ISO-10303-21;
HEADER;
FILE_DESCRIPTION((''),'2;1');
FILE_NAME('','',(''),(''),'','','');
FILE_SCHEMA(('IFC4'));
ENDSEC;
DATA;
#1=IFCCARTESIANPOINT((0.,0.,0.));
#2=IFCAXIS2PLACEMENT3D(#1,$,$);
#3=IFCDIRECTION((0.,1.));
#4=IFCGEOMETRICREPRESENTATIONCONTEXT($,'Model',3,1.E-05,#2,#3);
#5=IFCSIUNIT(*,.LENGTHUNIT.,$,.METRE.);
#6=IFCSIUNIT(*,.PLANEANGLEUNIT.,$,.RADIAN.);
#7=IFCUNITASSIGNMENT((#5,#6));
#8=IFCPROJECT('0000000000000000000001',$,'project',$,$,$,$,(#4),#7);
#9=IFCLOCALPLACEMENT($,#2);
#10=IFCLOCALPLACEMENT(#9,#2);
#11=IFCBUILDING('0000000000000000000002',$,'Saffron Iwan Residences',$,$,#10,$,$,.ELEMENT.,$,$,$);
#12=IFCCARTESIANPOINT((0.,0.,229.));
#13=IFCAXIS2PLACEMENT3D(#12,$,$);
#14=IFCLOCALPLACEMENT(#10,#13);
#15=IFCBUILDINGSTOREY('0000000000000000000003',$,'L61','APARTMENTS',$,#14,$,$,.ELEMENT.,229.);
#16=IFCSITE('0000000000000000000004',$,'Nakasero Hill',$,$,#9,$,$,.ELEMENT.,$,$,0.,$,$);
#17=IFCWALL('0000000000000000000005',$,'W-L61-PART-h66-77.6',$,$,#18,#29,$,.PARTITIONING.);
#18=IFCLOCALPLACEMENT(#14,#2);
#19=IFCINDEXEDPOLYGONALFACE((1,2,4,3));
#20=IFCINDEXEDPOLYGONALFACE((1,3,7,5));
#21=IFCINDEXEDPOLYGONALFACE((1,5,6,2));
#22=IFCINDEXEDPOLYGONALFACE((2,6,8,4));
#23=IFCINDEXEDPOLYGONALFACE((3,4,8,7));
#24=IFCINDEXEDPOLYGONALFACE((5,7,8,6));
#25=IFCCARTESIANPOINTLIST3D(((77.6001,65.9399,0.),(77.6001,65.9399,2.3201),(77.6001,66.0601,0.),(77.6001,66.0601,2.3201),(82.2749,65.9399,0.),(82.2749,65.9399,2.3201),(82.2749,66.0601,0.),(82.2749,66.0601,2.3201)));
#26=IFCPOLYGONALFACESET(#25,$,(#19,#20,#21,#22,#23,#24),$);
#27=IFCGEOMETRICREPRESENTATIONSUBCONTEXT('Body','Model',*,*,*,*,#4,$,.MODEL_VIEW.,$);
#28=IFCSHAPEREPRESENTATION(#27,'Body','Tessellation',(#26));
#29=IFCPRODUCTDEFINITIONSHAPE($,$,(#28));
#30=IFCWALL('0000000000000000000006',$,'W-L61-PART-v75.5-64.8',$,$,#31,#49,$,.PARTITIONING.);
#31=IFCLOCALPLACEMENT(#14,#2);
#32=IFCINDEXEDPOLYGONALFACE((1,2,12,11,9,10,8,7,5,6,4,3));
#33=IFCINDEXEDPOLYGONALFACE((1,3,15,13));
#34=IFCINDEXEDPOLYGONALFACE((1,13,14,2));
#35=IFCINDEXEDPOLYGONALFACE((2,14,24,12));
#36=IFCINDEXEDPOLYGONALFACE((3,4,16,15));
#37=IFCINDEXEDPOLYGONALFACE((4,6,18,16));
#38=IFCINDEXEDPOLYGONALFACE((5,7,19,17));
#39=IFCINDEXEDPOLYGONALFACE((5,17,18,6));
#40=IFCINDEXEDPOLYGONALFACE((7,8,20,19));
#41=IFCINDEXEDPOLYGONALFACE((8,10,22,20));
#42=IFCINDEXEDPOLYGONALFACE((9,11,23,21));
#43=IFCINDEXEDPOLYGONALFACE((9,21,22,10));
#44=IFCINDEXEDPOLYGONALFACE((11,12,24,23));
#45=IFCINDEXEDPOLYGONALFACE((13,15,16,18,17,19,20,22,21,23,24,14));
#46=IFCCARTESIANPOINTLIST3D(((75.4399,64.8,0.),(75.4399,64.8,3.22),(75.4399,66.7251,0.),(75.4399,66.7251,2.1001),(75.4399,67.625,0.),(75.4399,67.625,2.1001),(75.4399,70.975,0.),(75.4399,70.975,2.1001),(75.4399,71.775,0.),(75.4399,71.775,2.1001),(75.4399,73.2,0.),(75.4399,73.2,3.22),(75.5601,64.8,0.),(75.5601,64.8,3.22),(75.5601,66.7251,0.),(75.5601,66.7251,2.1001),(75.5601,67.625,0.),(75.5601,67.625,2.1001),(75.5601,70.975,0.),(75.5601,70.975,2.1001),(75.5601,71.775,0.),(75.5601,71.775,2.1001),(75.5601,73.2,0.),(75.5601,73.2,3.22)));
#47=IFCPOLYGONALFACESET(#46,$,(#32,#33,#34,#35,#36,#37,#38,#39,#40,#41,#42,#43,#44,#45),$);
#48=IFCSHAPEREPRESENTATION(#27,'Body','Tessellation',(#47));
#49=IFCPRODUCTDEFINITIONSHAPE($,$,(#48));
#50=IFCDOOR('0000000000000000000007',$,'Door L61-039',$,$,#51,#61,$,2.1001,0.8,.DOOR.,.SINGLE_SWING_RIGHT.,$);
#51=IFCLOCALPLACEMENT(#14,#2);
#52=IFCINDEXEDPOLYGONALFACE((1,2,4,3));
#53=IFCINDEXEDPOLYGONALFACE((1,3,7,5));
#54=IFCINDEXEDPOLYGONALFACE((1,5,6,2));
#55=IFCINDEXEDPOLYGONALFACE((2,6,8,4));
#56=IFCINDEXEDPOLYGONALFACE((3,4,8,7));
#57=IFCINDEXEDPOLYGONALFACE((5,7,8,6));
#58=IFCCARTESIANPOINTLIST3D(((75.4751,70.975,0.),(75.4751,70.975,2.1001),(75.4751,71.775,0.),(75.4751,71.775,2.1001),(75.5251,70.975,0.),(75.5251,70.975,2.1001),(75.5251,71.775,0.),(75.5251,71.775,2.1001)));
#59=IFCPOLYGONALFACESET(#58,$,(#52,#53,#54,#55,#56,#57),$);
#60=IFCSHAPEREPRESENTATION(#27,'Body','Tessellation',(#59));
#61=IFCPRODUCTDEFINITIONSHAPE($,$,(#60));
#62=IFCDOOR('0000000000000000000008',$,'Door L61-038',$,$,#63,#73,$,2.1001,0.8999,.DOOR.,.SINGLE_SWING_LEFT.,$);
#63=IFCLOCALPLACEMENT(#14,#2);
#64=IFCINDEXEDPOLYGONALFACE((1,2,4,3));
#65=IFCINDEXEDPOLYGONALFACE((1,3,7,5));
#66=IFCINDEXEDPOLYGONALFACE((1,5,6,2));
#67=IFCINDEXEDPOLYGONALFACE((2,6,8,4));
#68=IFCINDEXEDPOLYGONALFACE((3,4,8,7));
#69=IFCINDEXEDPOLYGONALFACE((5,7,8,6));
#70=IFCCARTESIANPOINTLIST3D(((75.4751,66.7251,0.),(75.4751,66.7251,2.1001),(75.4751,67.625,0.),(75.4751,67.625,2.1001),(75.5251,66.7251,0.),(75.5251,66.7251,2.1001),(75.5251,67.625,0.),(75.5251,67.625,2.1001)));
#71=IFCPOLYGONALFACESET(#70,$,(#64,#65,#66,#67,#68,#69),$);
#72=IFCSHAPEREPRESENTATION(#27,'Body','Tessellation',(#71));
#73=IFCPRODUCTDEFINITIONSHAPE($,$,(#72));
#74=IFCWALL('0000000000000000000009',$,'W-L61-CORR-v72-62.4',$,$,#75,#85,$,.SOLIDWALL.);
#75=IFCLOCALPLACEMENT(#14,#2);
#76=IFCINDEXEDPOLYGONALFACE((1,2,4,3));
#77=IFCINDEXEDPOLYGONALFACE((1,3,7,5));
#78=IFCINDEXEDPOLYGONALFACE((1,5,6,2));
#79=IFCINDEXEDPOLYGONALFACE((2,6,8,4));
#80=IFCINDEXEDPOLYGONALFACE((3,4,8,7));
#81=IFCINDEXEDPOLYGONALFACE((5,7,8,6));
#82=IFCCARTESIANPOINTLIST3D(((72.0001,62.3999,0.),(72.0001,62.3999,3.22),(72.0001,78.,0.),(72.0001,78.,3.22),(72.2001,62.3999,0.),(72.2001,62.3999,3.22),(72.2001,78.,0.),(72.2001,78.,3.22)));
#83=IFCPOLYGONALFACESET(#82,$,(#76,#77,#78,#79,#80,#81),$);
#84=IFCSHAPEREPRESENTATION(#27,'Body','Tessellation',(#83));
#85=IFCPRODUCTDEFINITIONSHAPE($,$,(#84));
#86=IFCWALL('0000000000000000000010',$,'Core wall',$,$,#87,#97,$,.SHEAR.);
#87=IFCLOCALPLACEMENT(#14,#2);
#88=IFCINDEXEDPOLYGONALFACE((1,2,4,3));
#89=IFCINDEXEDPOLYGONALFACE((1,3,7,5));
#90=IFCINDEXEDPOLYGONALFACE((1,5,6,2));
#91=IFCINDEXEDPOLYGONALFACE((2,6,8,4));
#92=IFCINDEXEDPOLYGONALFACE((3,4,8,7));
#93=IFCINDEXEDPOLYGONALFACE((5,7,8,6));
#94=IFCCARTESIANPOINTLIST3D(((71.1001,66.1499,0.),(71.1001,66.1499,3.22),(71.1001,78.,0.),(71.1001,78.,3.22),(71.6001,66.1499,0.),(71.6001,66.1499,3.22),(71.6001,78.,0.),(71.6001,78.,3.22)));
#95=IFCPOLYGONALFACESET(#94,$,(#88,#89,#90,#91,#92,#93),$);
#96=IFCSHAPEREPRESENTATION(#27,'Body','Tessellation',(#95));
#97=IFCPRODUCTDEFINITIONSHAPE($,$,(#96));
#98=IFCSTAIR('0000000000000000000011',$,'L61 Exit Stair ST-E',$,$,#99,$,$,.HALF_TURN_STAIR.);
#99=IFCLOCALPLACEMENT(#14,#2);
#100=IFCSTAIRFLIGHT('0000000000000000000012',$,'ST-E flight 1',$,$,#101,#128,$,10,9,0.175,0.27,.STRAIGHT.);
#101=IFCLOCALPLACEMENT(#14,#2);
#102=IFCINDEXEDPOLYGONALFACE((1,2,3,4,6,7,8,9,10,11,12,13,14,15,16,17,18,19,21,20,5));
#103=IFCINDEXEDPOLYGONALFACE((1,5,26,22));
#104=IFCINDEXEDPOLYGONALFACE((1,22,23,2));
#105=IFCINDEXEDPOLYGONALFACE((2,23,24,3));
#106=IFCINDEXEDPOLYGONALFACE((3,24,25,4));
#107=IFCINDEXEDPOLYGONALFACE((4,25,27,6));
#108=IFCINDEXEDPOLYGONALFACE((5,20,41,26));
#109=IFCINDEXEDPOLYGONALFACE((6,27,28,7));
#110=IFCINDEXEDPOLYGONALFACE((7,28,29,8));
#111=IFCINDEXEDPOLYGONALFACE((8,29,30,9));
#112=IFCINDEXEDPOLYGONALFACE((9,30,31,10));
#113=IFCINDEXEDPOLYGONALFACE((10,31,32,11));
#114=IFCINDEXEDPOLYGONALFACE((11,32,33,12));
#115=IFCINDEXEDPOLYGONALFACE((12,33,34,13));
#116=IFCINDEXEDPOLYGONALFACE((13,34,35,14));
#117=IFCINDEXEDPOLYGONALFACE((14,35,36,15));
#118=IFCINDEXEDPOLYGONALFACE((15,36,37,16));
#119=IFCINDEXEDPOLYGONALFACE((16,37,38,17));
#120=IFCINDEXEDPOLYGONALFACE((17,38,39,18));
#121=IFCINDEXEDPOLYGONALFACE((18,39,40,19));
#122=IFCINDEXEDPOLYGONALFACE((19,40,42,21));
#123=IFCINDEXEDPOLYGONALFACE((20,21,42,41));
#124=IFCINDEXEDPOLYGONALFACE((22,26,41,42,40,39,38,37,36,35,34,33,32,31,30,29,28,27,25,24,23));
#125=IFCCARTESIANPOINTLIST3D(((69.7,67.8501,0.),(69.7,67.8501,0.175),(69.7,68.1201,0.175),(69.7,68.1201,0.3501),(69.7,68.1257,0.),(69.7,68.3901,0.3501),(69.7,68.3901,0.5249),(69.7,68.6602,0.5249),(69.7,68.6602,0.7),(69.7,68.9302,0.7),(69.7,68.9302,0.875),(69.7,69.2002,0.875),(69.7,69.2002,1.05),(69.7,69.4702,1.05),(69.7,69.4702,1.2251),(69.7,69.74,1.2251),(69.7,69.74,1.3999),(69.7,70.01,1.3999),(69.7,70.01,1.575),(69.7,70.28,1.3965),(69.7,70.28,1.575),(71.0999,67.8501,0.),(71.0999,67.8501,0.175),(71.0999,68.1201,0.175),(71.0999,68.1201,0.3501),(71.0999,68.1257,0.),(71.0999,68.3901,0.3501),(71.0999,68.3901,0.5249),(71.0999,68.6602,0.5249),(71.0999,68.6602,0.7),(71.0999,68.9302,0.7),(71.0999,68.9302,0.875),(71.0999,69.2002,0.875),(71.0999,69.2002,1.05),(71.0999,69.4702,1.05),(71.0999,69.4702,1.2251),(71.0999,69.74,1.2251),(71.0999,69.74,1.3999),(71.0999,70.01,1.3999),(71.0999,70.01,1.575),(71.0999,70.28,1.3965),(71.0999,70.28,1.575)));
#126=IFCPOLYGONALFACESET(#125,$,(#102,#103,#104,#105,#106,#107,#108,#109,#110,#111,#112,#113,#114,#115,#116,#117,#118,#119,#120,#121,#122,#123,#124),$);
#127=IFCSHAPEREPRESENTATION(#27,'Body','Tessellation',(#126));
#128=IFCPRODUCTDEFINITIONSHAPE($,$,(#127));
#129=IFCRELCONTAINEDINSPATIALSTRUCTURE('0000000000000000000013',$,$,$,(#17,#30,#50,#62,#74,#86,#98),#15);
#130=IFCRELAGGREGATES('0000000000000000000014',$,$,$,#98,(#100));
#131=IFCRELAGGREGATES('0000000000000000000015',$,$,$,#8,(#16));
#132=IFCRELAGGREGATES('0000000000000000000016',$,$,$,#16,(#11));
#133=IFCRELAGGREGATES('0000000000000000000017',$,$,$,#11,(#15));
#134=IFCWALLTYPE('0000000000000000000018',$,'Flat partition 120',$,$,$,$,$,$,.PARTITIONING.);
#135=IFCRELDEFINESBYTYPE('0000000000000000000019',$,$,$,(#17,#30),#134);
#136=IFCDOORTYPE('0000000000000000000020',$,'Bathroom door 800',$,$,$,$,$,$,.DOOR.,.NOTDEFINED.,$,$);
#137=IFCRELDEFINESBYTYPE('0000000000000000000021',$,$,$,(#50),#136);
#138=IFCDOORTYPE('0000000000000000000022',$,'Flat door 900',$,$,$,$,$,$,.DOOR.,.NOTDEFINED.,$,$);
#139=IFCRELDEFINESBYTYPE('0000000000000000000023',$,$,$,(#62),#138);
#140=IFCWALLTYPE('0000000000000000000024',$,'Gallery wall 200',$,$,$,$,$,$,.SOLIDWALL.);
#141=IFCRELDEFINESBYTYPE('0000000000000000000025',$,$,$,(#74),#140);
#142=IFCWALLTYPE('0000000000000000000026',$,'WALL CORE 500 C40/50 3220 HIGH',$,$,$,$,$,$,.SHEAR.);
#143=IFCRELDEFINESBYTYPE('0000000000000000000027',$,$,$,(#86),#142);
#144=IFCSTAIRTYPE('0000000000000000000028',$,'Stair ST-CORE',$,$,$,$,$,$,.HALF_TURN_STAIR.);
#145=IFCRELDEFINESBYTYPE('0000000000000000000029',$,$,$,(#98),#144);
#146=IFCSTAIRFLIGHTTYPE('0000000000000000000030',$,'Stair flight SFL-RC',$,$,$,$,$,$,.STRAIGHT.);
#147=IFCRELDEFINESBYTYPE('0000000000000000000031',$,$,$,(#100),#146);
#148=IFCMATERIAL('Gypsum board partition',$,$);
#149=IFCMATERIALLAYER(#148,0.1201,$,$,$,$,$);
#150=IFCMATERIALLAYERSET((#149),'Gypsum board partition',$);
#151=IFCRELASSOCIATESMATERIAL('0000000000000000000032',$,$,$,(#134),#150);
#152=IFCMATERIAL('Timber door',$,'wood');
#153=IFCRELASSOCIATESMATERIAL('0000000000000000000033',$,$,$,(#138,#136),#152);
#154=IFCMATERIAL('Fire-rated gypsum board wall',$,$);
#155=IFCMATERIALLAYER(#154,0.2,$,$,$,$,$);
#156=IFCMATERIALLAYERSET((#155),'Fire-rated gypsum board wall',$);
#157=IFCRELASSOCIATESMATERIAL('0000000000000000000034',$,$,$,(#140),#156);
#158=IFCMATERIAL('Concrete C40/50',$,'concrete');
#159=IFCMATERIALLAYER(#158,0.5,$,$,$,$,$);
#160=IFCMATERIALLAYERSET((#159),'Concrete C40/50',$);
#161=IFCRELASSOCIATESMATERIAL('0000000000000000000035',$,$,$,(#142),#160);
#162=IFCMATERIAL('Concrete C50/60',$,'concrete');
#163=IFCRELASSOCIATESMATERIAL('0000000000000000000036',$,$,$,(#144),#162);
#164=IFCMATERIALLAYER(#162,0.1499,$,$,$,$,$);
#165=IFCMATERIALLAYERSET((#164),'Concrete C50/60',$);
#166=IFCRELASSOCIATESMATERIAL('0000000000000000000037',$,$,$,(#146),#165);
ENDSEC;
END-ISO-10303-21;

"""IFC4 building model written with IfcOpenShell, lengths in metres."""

from ifc_helpers import new_model, si_unit, direction, frame, frame_2d, origin, place, context, subcontext, project, spatial, polyline, rectangle, outline, extrude, material, layer, layer_set, type_object, element, fill, aggregate, save


model = new_model("IFC4")

# Units and contexts
model_context = context("Model", 3, precision=1e-05, world=origin(), true_north=direction((0.0, 1.0)))
body_context = subcontext(model_context, "Body", "Model", "MODEL_VIEW")
ifc_project = project(units=[si_unit("LENGTHUNIT", "METRE"), si_unit("PLANEANGLEUNIT", "RADIAN")], contexts=[model_context])

# Site, building, storey
site_placement = place(None, origin())
site = spatial("IfcSite", under=ifc_project, at=site_placement, Name="Nakasero Hill", CompositionType="ELEMENT", RefElevation=0.0)
building_placement = place(site_placement, origin())
building = spatial("IfcBuilding", under=site, at=building_placement, Name="Saffron Iwan Residences", CompositionType="ELEMENT")
storey_placement = place(building_placement, frame((0.0, 0.0, 229.0)))
storey = spatial("IfcBuildingStorey", under=building, at=storey_placement, Name="L61", Description="APARTMENTS", CompositionType="ELEMENT", Elevation=229.0)

# Shared definitions
ifc_material_1 = material(Name="Concrete C40/50", Category="concrete")

# Shared definitions
ifc_material_2 = material(Name="Fire-rated gypsum board wall")
ifc_material_3 = material(Name="Gypsum board partition")
ifc_layer_1 = layer(ifc_material_3, 0.1201)
ifc_layer_set_1 = layer_set([ifc_layer_1], Name="Gypsum board partition")
wall_type_1 = type_object("IfcWallType", Name="Flat partition 120", PredefinedType="PARTITIONING", material=ifc_layer_set_1)

# Shared definitions
ifc_material_4 = material(Name="Timber door", Category="wood")
door_type_1 = type_object("IfcDoorType", Name="Flat door 900", OperationType="NOTDEFINED", PredefinedType="DOOR", material=ifc_material_4)

# Wall
wall_1_placement = place(storey_placement, frame((77.6001, 66.0, 0.0), z_axis=(0.0, 0.0, 1.0), x_axis=(1.0, 0.0, 0.0)))
element("IfcWall", 1, at=wall_1_placement, inside=storey, type_object=wall_type_1, Name="W-L61-PART-h66-77.6", PredefinedType="PARTITIONING", context=body_context, shape_type="SweptSolid", body=[
    extrude(rectangle(XDim=4.6748, YDim=0.1201, at=frame_2d((2.3374, 0.0))), origin(), (0.0, 0.0, 1.0), 2.3201),
])

# Wall, openings, doors
wall_2_placement = place(storey_placement, frame((75.5, 64.8, 0.0), z_axis=(0.0, 0.0, 1.0), x_axis=(0.0, 1.0, 0.0)))
wall_2 = element("IfcWall", 2, at=wall_2_placement, inside=storey, type_object=wall_type_1, Name="W-L61-PART-v75.5-64.8", PredefinedType="PARTITIONING", context=body_context, shape_type="SweptSolid", body=[
    extrude(rectangle(XDim=8.3999, YDim=0.1201, at=frame_2d((4.2, 0.0))), origin(), (0.0, 0.0, 1.0), 3.22),
])
opening_1_placement = place(wall_2_placement, frame((1.925, 0.0, 0.0)))
opening_1 = element("IfcOpeningElement", 3, at=opening_1_placement, cuts=wall_2, PredefinedType="OPENING", context=body_context, shape_type="SweptSolid", body=[
    extrude(rectangle(XDim=0.8999, YDim=2.1001, at=frame_2d((0.45, 1.05))), frame((0.0, 0.0701, 0.0), z_axis=(0.0, -1.0, 0.0), x_axis=(1.0, 0.0, 0.0)), (0.0, 0.0, 1.0), 0.1401),
])
opening_2_placement = place(wall_2_placement, frame((6.175, 0.0, 0.0)))
opening_2 = element("IfcOpeningElement", 4, at=opening_2_placement, cuts=wall_2, PredefinedType="OPENING", context=body_context, shape_type="SweptSolid", body=[
    extrude(rectangle(XDim=0.8, YDim=2.1001, at=frame_2d((0.3999, 1.05))), frame((0.0, 0.0701, 0.0), z_axis=(0.0, -1.0, 0.0), x_axis=(1.0, 0.0, 0.0)), (0.0, 0.0, 1.0), 0.1401),
])
door_type_2 = type_object("IfcDoorType", Name="Bathroom door 800", OperationType="NOTDEFINED", PredefinedType="DOOR", material=ifc_material_4)
door_1_placement = place(opening_2_placement, origin())
door_1 = element("IfcDoor", 5, at=door_1_placement, inside=storey, type_object=door_type_2, Name="Door L61-039", OperationType="SINGLE_SWING_RIGHT", OverallHeight=2.1001, OverallWidth=0.8, PredefinedType="DOOR", context=body_context, shape_type="SweptSolid", body=[
    extrude(rectangle(XDim=0.8, YDim=2.1001, at=frame_2d((0.3999, 1.05))), frame((0.0, 0.0249, 0.0), z_axis=(0.0, -1.0, 0.0), x_axis=(1.0, 0.0, 0.0)), (0.0, 0.0, 1.0), 0.05),
])
fill(opening_2, door_1)
door_2_placement = place(opening_1_placement, origin())
door_2 = element("IfcDoor", 6, at=door_2_placement, inside=storey, type_object=door_type_1, Name="Door L61-038", OperationType="SINGLE_SWING_LEFT", OverallHeight=2.1001, OverallWidth=0.8999, PredefinedType="DOOR", context=body_context, shape_type="SweptSolid", body=[
    extrude(rectangle(XDim=0.8999, YDim=2.1001, at=frame_2d((0.45, 1.05))), frame((0.0, 0.0249, 0.0), z_axis=(0.0, -1.0, 0.0), x_axis=(1.0, 0.0, 0.0)), (0.0, 0.0, 1.0), 0.05),
])
fill(opening_1, door_2)

# Walls
ifc_layer_2 = layer(ifc_material_2, 0.2)
ifc_layer_set_2 = layer_set([ifc_layer_2], Name="Fire-rated gypsum board wall")
wall_type_2 = type_object("IfcWallType", Name="Gallery wall 200", PredefinedType="SOLIDWALL", material=ifc_layer_set_2)
wall_3_placement = place(storey_placement, frame((72.1001, 62.3999, 0.0), z_axis=(0.0, 0.0, 1.0), x_axis=(0.0, 1.0, 0.0)))
element("IfcWall", 7, at=wall_3_placement, inside=storey, type_object=wall_type_2, Name="W-L61-CORR-v72-62.4", PredefinedType="SOLIDWALL", context=body_context, shape_type="SweptSolid", body=[
    extrude(rectangle(XDim=15.6001, YDim=0.2, at=frame_2d((7.8, 0.0))), origin(), (0.0, 0.0, 1.0), 3.22),
])
ifc_layer_3 = layer(ifc_material_1, 0.5)
ifc_layer_set_3 = layer_set([ifc_layer_3], Name="Concrete C40/50")
wall_type_3 = type_object("IfcWallType", Name="WALL CORE 500 C40/50 3220 HIGH", PredefinedType="SHEAR", material=ifc_layer_set_3)
wall_4_placement = place(storey_placement, frame((71.3501, 66.1499, 0.0), z_axis=(0.0, 0.0, 1.0), x_axis=(0.0, 1.0, 0.0)))
element("IfcWall", 8, at=wall_4_placement, inside=storey, type_object=wall_type_3, Name="Core wall", PredefinedType="SHEAR", context=body_context, shape_type="SweptSolid", body=[
    extrude(rectangle(XDim=11.8501, YDim=0.5, at=frame_2d((5.925, 0.0))), origin(), (0.0, 0.0, 1.0), 3.22),
])

# Stair, stair flight
ifc_material_5 = material(Name="Concrete C50/60", Category="concrete")
stair_type = type_object("IfcStairType", Name="Stair ST-CORE", PredefinedType="HALF_TURN_STAIR", material=ifc_material_5)
stair_placement = place(storey_placement, origin())
stair = element("IfcStair", 9, at=stair_placement, inside=storey, type_object=stair_type, Name="L61 Exit Stair ST-E", PredefinedType="HALF_TURN_STAIR")
ifc_layer_4 = layer(ifc_material_5, 0.1499)
ifc_layer_set_4 = layer_set([ifc_layer_4], Name="Concrete C50/60")
stair_flight_type = type_object("IfcStairFlightType", Name="Stair flight SFL-RC", PredefinedType="STRAIGHT", material=ifc_layer_set_4)
stair_flight_placement = place(storey_placement, frame((70.3999, 67.8501, 0.0), z_axis=(0.0, 0.0, 1.0), x_axis=(0.0, 1.0, 0.0)))
stair_flight = element("IfcStairFlight", 10, at=stair_flight_placement, type_object=stair_flight_type, Name="ST-E flight 1", NumberOfRisers=10, NumberOfTreads=9, PredefinedType="STRAIGHT", RiserHeight=0.175, TreadLength=0.27, context=body_context, shape_type="SweptSolid", body=[
    extrude(outline(polyline([(0.0, 0.0), (0.0, 0.175), (0.27, 0.175), (0.27, 0.3501), (0.54, 0.3501), (0.54, 0.5249), (0.8101, 0.5249), (0.8101, 0.7), (1.0801, 0.7), (1.0801, 0.875), (1.3501, 0.875), (1.3501, 1.05), (1.6201, 1.05), (1.6201, 1.2251), (1.8899, 1.2251), (1.8899, 1.3999), (2.1599, 1.3999), (2.1599, 1.575), (2.4299, 1.575), (2.4299, 1.75), (2.4299, 1.3965), (0.2756, 0.0), (0.0, 0.0)])), frame((0.0, 0.7, 0.0), z_axis=(0.0, -1.0, 0.0), x_axis=(1.0, 0.0, 0.0)), (0.0, 0.0, 1.0), 1.3999),
])
aggregate(stair, [stair_flight])

save(model, "model.ifc")
